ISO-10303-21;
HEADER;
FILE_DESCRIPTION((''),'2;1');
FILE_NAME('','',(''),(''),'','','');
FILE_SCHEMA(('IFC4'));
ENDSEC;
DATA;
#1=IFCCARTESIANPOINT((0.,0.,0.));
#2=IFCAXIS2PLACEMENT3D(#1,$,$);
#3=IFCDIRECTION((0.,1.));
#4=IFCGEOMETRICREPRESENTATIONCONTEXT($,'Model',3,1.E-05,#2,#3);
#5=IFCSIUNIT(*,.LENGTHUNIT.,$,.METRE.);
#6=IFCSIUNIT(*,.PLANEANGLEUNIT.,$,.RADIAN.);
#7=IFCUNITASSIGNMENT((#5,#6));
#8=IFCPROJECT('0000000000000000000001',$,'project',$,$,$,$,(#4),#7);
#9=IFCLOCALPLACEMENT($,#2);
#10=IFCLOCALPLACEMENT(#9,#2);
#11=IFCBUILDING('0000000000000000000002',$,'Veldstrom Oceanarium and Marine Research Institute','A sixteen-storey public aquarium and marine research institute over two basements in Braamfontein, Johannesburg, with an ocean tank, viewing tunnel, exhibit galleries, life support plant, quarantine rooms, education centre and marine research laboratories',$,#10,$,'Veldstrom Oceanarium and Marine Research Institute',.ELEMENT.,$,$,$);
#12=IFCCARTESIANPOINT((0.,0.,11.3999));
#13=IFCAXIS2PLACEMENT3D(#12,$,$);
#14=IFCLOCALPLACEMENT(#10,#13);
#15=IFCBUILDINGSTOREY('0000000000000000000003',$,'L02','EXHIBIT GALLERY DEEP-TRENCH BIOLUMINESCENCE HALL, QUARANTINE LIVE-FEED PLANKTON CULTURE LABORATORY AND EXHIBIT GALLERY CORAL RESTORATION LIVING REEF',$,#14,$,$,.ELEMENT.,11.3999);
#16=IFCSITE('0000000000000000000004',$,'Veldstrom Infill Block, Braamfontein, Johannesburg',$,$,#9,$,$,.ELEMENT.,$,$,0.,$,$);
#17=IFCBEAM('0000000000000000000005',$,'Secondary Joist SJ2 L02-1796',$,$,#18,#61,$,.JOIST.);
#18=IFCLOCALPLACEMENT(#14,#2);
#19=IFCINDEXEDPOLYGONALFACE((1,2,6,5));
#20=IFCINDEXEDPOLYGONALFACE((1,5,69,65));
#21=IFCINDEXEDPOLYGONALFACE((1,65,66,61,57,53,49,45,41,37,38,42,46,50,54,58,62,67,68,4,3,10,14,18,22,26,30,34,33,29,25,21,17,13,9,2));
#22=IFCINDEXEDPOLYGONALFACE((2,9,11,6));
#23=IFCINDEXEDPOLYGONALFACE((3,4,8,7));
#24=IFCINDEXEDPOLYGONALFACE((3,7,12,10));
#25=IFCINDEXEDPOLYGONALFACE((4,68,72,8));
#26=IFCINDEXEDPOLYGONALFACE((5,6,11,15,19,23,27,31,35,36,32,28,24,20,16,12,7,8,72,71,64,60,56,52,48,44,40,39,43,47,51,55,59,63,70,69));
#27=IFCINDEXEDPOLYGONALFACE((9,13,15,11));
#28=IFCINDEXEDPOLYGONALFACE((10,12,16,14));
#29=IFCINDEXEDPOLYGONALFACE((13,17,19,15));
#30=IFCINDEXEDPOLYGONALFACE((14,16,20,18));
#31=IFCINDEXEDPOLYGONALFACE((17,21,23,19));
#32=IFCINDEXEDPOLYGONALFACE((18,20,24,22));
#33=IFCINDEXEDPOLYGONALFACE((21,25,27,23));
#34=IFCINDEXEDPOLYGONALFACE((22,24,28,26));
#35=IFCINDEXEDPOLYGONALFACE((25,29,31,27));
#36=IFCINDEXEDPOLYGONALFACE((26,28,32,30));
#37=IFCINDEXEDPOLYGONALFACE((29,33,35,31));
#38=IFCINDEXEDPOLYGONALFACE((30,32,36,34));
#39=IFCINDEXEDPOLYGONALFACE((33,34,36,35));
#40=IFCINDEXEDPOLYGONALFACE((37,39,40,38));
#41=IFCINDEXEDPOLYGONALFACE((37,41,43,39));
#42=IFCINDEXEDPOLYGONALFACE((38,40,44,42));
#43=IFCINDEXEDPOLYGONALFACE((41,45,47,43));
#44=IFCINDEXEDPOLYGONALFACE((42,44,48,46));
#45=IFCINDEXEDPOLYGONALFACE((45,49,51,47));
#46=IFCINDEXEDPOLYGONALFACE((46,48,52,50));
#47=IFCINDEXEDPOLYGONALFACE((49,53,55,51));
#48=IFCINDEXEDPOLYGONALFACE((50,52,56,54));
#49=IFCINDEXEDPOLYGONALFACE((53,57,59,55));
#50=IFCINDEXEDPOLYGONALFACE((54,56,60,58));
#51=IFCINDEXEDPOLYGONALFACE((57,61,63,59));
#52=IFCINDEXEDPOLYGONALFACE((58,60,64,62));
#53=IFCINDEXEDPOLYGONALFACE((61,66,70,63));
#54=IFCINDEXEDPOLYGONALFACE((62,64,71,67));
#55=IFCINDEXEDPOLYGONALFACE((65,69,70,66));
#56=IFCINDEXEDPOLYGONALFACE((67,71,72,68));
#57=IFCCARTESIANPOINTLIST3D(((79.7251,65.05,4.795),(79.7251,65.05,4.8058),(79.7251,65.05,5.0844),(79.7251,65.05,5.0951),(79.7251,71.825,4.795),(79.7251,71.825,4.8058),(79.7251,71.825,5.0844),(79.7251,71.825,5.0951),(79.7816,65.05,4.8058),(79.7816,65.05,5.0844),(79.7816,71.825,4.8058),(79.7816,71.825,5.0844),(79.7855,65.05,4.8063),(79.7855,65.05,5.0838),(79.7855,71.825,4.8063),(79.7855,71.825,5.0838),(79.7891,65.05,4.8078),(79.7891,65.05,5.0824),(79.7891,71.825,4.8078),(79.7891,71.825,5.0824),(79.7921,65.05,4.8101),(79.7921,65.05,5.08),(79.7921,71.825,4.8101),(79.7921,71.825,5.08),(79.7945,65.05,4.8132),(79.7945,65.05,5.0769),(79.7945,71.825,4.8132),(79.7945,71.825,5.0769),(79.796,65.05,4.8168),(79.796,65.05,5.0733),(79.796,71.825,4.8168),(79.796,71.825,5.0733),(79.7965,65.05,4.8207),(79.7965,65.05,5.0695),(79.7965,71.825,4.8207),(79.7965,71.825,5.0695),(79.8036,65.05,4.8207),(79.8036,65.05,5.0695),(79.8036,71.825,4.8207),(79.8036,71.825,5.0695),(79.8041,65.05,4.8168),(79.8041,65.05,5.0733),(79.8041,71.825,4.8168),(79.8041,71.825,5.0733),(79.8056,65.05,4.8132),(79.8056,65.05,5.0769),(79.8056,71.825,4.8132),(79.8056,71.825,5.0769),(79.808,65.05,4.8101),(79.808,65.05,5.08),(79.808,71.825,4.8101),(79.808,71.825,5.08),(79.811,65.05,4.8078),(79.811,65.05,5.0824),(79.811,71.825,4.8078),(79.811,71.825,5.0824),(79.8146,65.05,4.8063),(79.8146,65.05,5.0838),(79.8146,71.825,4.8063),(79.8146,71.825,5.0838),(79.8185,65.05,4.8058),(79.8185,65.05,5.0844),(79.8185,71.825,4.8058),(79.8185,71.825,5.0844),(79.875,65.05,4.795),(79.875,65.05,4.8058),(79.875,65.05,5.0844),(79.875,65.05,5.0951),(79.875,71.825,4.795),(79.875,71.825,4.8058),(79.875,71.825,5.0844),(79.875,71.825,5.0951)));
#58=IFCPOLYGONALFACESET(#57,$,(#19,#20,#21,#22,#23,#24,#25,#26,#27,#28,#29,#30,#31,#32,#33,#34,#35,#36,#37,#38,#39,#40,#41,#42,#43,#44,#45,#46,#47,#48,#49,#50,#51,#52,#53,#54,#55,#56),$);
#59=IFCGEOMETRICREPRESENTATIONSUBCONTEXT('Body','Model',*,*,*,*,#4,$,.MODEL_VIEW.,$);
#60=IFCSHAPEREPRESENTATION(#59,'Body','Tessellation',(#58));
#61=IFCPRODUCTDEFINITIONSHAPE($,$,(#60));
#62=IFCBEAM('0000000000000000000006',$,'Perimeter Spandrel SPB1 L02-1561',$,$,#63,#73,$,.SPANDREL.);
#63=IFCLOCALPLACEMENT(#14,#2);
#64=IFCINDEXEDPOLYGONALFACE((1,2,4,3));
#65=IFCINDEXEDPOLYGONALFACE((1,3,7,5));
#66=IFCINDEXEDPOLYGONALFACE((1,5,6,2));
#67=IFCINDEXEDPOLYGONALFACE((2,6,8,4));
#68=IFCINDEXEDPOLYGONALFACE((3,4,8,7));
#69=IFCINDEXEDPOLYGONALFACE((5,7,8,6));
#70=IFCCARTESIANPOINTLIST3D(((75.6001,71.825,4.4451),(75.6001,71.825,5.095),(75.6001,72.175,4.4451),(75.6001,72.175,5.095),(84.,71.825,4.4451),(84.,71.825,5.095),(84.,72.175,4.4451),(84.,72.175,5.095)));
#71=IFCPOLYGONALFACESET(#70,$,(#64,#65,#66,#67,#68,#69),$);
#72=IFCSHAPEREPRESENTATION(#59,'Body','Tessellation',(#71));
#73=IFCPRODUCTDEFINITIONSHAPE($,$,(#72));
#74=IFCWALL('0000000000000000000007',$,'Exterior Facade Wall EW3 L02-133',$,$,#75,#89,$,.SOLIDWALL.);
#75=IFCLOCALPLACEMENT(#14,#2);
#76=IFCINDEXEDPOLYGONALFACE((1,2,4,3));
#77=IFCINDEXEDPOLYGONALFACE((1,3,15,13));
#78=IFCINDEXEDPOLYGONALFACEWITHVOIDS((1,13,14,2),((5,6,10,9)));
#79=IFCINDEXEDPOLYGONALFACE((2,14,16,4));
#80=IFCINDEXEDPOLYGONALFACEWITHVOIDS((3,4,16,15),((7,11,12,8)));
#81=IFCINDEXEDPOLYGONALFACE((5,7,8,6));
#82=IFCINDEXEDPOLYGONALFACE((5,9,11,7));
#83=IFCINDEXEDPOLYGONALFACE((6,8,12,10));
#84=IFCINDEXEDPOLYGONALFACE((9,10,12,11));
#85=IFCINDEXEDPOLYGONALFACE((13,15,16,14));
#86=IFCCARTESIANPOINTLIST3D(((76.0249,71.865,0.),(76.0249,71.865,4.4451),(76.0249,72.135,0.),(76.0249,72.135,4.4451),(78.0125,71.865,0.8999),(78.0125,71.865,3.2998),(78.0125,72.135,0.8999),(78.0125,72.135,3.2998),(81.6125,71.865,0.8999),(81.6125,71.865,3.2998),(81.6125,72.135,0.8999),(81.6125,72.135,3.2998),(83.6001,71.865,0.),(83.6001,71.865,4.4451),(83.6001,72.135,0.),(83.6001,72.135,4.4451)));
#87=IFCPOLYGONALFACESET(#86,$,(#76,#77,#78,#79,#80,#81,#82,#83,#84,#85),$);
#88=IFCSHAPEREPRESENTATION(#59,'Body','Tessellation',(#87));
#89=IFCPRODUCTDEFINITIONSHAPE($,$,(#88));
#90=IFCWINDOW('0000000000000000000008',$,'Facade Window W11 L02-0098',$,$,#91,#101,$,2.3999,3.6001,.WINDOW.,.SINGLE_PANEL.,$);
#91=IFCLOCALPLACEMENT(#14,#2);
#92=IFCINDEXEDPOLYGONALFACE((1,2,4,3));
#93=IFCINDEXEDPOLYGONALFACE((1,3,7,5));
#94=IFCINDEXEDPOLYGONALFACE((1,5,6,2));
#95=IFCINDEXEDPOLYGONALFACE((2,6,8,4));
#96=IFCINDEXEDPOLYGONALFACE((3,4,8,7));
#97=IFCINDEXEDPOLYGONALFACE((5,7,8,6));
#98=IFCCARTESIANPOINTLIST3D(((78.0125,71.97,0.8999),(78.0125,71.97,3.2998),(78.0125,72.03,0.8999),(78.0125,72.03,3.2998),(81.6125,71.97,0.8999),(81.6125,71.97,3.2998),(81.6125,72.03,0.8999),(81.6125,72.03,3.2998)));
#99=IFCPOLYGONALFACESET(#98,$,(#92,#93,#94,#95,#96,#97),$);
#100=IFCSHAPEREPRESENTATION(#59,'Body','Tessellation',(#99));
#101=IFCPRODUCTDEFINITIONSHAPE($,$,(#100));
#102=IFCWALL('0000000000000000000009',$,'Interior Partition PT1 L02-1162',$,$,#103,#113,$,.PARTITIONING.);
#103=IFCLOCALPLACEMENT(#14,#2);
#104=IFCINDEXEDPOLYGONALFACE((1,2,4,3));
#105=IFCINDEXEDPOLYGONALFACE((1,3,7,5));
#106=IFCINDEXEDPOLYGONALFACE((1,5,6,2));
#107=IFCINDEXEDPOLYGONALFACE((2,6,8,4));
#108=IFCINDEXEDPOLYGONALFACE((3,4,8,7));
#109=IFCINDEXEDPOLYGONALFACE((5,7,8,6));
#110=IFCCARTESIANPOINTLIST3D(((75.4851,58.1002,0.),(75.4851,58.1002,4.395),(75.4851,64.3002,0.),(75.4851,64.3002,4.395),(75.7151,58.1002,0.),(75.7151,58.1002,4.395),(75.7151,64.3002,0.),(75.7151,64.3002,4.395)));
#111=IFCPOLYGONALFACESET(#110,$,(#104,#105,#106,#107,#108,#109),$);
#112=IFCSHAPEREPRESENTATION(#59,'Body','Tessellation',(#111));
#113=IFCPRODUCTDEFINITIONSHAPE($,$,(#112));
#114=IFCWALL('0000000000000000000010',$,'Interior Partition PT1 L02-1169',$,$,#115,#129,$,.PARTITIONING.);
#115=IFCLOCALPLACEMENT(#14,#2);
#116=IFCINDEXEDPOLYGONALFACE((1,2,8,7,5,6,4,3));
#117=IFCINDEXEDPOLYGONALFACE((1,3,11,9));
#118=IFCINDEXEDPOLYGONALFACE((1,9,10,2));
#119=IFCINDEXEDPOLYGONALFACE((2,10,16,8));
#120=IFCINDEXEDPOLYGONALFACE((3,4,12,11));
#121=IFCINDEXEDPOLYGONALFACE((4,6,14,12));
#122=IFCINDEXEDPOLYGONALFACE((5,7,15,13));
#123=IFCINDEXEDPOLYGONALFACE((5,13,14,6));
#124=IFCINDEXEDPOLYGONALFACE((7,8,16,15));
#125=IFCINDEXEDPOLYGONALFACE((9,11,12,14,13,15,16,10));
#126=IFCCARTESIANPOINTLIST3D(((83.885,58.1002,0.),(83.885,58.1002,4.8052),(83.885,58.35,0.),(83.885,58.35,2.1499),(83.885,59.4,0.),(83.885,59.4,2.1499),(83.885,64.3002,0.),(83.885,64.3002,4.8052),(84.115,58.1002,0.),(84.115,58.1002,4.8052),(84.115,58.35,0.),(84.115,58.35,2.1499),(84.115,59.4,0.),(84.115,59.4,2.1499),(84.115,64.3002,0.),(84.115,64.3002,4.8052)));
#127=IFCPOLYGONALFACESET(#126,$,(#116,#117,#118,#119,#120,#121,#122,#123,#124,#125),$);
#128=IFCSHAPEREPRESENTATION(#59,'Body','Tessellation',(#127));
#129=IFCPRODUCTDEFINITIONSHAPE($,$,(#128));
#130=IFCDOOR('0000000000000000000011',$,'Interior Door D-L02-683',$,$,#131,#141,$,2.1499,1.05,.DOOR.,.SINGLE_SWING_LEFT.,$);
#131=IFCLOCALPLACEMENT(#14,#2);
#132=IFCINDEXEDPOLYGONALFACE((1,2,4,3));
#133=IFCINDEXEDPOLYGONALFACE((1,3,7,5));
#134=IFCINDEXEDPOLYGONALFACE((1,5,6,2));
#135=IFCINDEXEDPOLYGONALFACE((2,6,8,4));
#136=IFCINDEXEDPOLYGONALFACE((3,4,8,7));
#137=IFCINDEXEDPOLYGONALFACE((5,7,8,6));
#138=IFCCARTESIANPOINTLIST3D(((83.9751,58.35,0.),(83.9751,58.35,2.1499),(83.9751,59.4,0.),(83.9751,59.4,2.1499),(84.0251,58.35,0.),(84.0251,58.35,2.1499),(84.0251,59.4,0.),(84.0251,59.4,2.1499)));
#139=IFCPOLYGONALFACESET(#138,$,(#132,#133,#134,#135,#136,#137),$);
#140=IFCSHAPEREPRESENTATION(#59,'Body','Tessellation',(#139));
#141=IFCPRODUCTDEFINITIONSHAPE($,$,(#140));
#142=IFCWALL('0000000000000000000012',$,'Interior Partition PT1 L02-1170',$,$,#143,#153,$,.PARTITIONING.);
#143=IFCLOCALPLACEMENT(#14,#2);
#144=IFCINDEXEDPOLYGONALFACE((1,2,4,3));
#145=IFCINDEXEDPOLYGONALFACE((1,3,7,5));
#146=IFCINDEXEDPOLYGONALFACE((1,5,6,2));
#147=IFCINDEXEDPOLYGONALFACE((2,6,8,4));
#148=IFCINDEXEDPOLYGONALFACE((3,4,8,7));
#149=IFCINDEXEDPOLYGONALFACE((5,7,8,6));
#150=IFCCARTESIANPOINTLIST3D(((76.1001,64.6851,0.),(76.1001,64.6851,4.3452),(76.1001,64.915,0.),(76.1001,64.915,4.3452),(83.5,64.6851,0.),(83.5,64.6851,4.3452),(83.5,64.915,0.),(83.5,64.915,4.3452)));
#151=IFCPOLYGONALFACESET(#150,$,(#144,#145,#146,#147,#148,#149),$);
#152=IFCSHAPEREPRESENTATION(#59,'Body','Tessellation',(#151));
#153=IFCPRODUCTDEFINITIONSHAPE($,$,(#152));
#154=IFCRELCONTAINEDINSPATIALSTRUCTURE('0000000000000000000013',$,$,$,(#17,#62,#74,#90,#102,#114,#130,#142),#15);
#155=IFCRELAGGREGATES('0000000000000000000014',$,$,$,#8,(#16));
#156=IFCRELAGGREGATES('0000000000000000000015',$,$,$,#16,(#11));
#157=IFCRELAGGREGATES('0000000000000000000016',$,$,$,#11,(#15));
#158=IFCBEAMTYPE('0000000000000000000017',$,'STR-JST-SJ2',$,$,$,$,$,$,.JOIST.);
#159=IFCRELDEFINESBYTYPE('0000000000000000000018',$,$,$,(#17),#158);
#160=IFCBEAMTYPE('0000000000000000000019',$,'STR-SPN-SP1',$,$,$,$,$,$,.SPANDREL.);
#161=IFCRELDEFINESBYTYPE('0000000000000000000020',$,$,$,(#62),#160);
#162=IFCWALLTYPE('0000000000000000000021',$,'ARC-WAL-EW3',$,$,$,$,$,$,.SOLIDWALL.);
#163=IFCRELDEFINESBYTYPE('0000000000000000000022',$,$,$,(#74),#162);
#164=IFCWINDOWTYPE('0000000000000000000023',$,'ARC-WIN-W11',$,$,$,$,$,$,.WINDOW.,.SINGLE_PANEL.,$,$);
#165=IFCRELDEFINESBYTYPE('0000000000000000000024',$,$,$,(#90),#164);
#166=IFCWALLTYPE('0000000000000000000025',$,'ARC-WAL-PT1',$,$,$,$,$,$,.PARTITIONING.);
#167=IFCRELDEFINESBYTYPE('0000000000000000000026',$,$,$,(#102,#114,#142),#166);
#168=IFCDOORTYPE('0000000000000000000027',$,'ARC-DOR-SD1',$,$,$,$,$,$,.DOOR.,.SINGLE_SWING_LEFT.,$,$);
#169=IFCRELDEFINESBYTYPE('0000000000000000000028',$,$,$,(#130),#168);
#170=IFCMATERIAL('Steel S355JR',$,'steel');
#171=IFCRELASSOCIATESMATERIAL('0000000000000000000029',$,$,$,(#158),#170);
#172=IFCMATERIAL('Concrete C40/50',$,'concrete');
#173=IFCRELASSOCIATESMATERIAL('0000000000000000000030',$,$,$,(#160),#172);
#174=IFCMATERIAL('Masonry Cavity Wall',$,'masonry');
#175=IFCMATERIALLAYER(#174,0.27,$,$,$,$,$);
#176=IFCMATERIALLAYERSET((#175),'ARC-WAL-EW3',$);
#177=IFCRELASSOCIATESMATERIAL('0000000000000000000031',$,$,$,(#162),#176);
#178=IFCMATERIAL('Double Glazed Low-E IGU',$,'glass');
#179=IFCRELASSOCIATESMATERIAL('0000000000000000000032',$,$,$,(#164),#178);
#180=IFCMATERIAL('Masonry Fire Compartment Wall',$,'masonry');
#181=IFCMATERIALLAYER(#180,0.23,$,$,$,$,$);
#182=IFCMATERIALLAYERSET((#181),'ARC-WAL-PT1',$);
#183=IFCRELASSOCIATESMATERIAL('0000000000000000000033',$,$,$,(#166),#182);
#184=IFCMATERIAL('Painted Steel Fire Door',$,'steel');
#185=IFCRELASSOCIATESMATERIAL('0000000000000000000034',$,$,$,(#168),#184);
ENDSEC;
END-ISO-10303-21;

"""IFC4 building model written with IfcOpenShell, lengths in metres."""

from ifc_helpers import new_model, si_unit, direction, frame, frame_2d, origin, origin_2d, place, context, subcontext, project, spatial, rectangle, i_section, extrude, material, layer, layer_set, material_profile, profile_set, type_object, element, fill, save


model = new_model("IFC4")

# Units and contexts
model_context = context("Model", 3, precision=1e-05, world=origin(), true_north=direction((0.0, 1.0)))
body_context = subcontext(model_context, "Body", "Model", "MODEL_VIEW")
ifc_project = project(units=[si_unit("LENGTHUNIT", "METRE"), si_unit("PLANEANGLEUNIT", "RADIAN")], contexts=[model_context])

# Site, building, storey
site_placement = place(None, origin())
site = spatial("IfcSite", under=ifc_project, at=site_placement, Name="Veldstrom Infill Block, Braamfontein, Johannesburg", CompositionType="ELEMENT", RefElevation=0.0)
building_placement = place(site_placement, origin())
building = spatial("IfcBuilding", under=site, at=building_placement, Name="Veldstrom Oceanarium and Marine Research Institute", Description="A sixteen-storey public aquarium and marine research institute over two basements in Braamfontein, Johannesburg, with an ocean tank, viewing tunnel, exhibit galleries, life support plant, quarantine rooms, education centre and marine research laboratories", LongName="Veldstrom Oceanarium and Marine Research Institute", CompositionType="ELEMENT")
storey_placement = place(building_placement, frame((0.0, 0.0, 11.3999)))
storey = spatial("IfcBuildingStorey", under=building, at=storey_placement, Name="L02", Description="EXHIBIT GALLERY DEEP-TRENCH BIOLUMINESCENCE HALL, QUARANTINE LIVE-FEED PLANKTON CULTURE LABORATORY AND EXHIBIT GALLERY CORAL RESTORATION LIVING REEF", CompositionType="ELEMENT", Elevation=11.3999)

# Beams
ifc_material_1 = material(Name="Steel S355JR", Category="steel")
ifc_material_profile_1 = material_profile(ifc_material_1, i_section(OverallWidth=0.1499, OverallDepth=0.3, WebThickness=0.0071, FlangeThickness=0.0107, FilletRadius=0.0149, at=origin_2d()), Name="IPE 300")
ifc_profile_set_1 = profile_set([ifc_material_profile_1], Name="Steel S355JR")
beam_type_1 = type_object("IfcBeamType", Name="STR-JST-SJ2", PredefinedType="JOIST", material=ifc_profile_set_1)
beam_1_placement = place(storey_placement, frame((79.8, 65.05, 4.9451), z_axis=(0.0, 1.0, 0.0), x_axis=(-1.0, 0.0, 0.0)))
element("IfcBeam", 1, at=beam_1_placement, inside=storey, type_object=beam_type_1, Name="Secondary Joist SJ2 L02-1796", PredefinedType="JOIST", context=body_context, shape_type="SweptSolid", body=[
    extrude(i_section(OverallWidth=0.1499, OverallDepth=0.3, WebThickness=0.0071, FlangeThickness=0.0107, FilletRadius=0.0149, at=origin_2d()), origin(), (0.0, 0.0, 1.0), 6.7749),
])
ifc_material_2 = material(Name="Concrete C40/50", Category="concrete")
ifc_material_profile_2 = material_profile(ifc_material_2, rectangle(XDim=0.3501, YDim=0.6499, at=origin_2d()), Name="RC-SPN-350x650")
ifc_profile_set_2 = profile_set([ifc_material_profile_2], Name="Concrete C40/50")
beam_type_2 = type_object("IfcBeamType", Name="STR-SPN-SP1", PredefinedType="SPANDREL", material=ifc_profile_set_2)
beam_2_placement = place(storey_placement, frame((75.6001, 72.0, 4.77), z_axis=(1.0, 0.0, 0.0), x_axis=(0.0, 1.0, 0.0)))
element("IfcBeam", 2, at=beam_2_placement, inside=storey, type_object=beam_type_2, Name="Perimeter Spandrel SPB1 L02-1561", PredefinedType="SPANDREL", context=body_context, shape_type="SweptSolid", body=[
    extrude(rectangle(XDim=0.3501, YDim=0.6499, at=origin_2d()), origin(), (0.0, 0.0, 1.0), 8.3999),
])

# Wall, opening, window
ifc_material_3 = material(Name="Masonry Cavity Wall", Category="masonry")
ifc_layer_1 = layer(ifc_material_3, 0.27)
ifc_layer_set_1 = layer_set([ifc_layer_1], Name="ARC-WAL-EW3")
wall_type_1 = type_object("IfcWallType", Name="ARC-WAL-EW3", PredefinedType="SOLIDWALL", material=ifc_layer_set_1)
wall_1_placement = place(storey_placement, frame((76.0249, 72.0, 0.0), z_axis=(0.0, 0.0, 1.0), x_axis=(1.0, 0.0, 0.0)))
wall_1 = element("IfcWall", 3, at=wall_1_placement, inside=storey, type_object=wall_type_1, Name="Exterior Facade Wall EW3 L02-133", PredefinedType="SOLIDWALL", context=body_context, shape_type="SweptSolid", body=[
    extrude(rectangle(XDim=7.5752, YDim=0.27, at=frame_2d((3.7876, 0.0))), origin(), (0.0, 0.0, 1.0), 4.4451),
])
opening_1_placement = place(wall_1_placement, frame((1.9875, 0.0, 0.8999)))
opening_1 = element("IfcOpeningElement", 4, at=opening_1_placement, cuts=wall_1, PredefinedType="OPENING", context=body_context, shape_type="SweptSolid", body=[
    extrude(rectangle(XDim=3.6001, YDim=2.3999, at=frame_2d((1.8, 1.2))), frame((0.0, 0.145, 0.0), z_axis=(0.0, -1.0, 0.0), x_axis=(1.0, 0.0, 0.0)), (0.0, 0.0, 1.0), 0.29),
])
ifc_material_4 = material(Name="Double Glazed Low-E IGU", Category="glass")
window_type = type_object("IfcWindowType", Name="ARC-WIN-W11", PartitioningType="SINGLE_PANEL", PredefinedType="WINDOW", material=ifc_material_4)
window_placement = place(opening_1_placement, origin())
window = element("IfcWindow", 5, at=window_placement, inside=storey, type_object=window_type, Name="Facade Window W11 L02-0098", OverallHeight=2.3999, OverallWidth=3.6001, PartitioningType="SINGLE_PANEL", PredefinedType="WINDOW", context=body_context, shape_type="SweptSolid", body=[
    extrude(rectangle(XDim=3.6001, YDim=2.3999, at=frame_2d((1.8, 1.2))), frame((0.0, 0.03, 0.0), z_axis=(0.0, -1.0, 0.0), x_axis=(1.0, 0.0, 0.0)), (0.0, 0.0, 1.0), 0.0601),
])
fill(opening_1, window)

# Wall
ifc_material_5 = material(Name="Masonry Fire Compartment Wall", Category="masonry")
ifc_layer_2 = layer(ifc_material_5, 0.23)
ifc_layer_set_2 = layer_set([ifc_layer_2], Name="ARC-WAL-PT1")
wall_type_2 = type_object("IfcWallType", Name="ARC-WAL-PT1", PredefinedType="PARTITIONING", material=ifc_layer_set_2)
wall_2_placement = place(storey_placement, frame((75.6001, 58.1001, 0.0), z_axis=(0.0, 0.0, 1.0), x_axis=(0.0, 1.0, 0.0)))
element("IfcWall", 6, at=wall_2_placement, inside=storey, type_object=wall_type_2, Name="Interior Partition PT1 L02-1162", PredefinedType="PARTITIONING", context=body_context, shape_type="SweptSolid", body=[
    extrude(rectangle(XDim=6.2, YDim=0.23, at=frame_2d((3.1001, 0.0))), origin(), (0.0, 0.0, 1.0), 4.395),
])

# Wall, opening, door
wall_3_placement = place(storey_placement, frame((84.0, 58.1001, 0.0), z_axis=(0.0, 0.0, 1.0), x_axis=(0.0, 1.0, 0.0)))
wall_3 = element("IfcWall", 7, at=wall_3_placement, inside=storey, type_object=wall_type_2, Name="Interior Partition PT1 L02-1169", PredefinedType="PARTITIONING", context=body_context, shape_type="SweptSolid", body=[
    extrude(rectangle(XDim=6.2, YDim=0.23, at=frame_2d((3.1001, 0.0))), origin(), (0.0, 0.0, 1.0), 4.8052),
])
opening_2_placement = place(wall_3_placement, frame((0.25, 0.0, 0.0)))
opening_2 = element("IfcOpeningElement", 8, at=opening_2_placement, cuts=wall_3, PredefinedType="OPENING", context=body_context, shape_type="SweptSolid", body=[
    extrude(rectangle(XDim=1.05, YDim=2.1499, at=frame_2d((0.5249, 1.075))), frame((0.0, 0.125, 0.0), z_axis=(0.0, -1.0, 0.0), x_axis=(1.0, 0.0, 0.0)), (0.0, 0.0, 1.0), 0.25),
])
ifc_material_6 = material(Name="Painted Steel Fire Door", Category="steel")
door_type_1 = type_object("IfcDoorType", Name="ARC-DOR-SD1", OperationType="SINGLE_SWING_LEFT", PredefinedType="DOOR", material=ifc_material_6)
door_1_placement = place(opening_2_placement, origin())
door_1 = element("IfcDoor", 9, at=door_1_placement, inside=storey, type_object=door_type_1, Name="Interior Door D-L02-683", OperationType="SINGLE_SWING_LEFT", OverallHeight=2.1499, OverallWidth=1.05, PredefinedType="DOOR", context=body_context, shape_type="SweptSolid", body=[
    extrude(rectangle(XDim=1.05, YDim=2.1499, at=frame_2d((0.5249, 1.075))), frame((0.0, 0.0249, 0.0), z_axis=(0.0, -1.0, 0.0), x_axis=(1.0, 0.0, 0.0)), (0.0, 0.0, 1.0), 0.05),
])
fill(opening_2, door_1)

# Wall
wall_4_placement = place(storey_placement, frame((76.1001, 64.8, 0.0), z_axis=(0.0, 0.0, 1.0), x_axis=(1.0, 0.0, 0.0)))
element("IfcWall", 10, at=wall_4_placement, inside=storey, type_object=wall_type_2, Name="Interior Partition PT1 L02-1170", PredefinedType="PARTITIONING", context=body_context, shape_type="SweptSolid", body=[
    extrude(rectangle(XDim=7.3999, YDim=0.23, at=frame_2d((3.7, 0.0))), origin(), (0.0, 0.0, 1.0), 4.3452),
])

save(model, "model.ifc")
